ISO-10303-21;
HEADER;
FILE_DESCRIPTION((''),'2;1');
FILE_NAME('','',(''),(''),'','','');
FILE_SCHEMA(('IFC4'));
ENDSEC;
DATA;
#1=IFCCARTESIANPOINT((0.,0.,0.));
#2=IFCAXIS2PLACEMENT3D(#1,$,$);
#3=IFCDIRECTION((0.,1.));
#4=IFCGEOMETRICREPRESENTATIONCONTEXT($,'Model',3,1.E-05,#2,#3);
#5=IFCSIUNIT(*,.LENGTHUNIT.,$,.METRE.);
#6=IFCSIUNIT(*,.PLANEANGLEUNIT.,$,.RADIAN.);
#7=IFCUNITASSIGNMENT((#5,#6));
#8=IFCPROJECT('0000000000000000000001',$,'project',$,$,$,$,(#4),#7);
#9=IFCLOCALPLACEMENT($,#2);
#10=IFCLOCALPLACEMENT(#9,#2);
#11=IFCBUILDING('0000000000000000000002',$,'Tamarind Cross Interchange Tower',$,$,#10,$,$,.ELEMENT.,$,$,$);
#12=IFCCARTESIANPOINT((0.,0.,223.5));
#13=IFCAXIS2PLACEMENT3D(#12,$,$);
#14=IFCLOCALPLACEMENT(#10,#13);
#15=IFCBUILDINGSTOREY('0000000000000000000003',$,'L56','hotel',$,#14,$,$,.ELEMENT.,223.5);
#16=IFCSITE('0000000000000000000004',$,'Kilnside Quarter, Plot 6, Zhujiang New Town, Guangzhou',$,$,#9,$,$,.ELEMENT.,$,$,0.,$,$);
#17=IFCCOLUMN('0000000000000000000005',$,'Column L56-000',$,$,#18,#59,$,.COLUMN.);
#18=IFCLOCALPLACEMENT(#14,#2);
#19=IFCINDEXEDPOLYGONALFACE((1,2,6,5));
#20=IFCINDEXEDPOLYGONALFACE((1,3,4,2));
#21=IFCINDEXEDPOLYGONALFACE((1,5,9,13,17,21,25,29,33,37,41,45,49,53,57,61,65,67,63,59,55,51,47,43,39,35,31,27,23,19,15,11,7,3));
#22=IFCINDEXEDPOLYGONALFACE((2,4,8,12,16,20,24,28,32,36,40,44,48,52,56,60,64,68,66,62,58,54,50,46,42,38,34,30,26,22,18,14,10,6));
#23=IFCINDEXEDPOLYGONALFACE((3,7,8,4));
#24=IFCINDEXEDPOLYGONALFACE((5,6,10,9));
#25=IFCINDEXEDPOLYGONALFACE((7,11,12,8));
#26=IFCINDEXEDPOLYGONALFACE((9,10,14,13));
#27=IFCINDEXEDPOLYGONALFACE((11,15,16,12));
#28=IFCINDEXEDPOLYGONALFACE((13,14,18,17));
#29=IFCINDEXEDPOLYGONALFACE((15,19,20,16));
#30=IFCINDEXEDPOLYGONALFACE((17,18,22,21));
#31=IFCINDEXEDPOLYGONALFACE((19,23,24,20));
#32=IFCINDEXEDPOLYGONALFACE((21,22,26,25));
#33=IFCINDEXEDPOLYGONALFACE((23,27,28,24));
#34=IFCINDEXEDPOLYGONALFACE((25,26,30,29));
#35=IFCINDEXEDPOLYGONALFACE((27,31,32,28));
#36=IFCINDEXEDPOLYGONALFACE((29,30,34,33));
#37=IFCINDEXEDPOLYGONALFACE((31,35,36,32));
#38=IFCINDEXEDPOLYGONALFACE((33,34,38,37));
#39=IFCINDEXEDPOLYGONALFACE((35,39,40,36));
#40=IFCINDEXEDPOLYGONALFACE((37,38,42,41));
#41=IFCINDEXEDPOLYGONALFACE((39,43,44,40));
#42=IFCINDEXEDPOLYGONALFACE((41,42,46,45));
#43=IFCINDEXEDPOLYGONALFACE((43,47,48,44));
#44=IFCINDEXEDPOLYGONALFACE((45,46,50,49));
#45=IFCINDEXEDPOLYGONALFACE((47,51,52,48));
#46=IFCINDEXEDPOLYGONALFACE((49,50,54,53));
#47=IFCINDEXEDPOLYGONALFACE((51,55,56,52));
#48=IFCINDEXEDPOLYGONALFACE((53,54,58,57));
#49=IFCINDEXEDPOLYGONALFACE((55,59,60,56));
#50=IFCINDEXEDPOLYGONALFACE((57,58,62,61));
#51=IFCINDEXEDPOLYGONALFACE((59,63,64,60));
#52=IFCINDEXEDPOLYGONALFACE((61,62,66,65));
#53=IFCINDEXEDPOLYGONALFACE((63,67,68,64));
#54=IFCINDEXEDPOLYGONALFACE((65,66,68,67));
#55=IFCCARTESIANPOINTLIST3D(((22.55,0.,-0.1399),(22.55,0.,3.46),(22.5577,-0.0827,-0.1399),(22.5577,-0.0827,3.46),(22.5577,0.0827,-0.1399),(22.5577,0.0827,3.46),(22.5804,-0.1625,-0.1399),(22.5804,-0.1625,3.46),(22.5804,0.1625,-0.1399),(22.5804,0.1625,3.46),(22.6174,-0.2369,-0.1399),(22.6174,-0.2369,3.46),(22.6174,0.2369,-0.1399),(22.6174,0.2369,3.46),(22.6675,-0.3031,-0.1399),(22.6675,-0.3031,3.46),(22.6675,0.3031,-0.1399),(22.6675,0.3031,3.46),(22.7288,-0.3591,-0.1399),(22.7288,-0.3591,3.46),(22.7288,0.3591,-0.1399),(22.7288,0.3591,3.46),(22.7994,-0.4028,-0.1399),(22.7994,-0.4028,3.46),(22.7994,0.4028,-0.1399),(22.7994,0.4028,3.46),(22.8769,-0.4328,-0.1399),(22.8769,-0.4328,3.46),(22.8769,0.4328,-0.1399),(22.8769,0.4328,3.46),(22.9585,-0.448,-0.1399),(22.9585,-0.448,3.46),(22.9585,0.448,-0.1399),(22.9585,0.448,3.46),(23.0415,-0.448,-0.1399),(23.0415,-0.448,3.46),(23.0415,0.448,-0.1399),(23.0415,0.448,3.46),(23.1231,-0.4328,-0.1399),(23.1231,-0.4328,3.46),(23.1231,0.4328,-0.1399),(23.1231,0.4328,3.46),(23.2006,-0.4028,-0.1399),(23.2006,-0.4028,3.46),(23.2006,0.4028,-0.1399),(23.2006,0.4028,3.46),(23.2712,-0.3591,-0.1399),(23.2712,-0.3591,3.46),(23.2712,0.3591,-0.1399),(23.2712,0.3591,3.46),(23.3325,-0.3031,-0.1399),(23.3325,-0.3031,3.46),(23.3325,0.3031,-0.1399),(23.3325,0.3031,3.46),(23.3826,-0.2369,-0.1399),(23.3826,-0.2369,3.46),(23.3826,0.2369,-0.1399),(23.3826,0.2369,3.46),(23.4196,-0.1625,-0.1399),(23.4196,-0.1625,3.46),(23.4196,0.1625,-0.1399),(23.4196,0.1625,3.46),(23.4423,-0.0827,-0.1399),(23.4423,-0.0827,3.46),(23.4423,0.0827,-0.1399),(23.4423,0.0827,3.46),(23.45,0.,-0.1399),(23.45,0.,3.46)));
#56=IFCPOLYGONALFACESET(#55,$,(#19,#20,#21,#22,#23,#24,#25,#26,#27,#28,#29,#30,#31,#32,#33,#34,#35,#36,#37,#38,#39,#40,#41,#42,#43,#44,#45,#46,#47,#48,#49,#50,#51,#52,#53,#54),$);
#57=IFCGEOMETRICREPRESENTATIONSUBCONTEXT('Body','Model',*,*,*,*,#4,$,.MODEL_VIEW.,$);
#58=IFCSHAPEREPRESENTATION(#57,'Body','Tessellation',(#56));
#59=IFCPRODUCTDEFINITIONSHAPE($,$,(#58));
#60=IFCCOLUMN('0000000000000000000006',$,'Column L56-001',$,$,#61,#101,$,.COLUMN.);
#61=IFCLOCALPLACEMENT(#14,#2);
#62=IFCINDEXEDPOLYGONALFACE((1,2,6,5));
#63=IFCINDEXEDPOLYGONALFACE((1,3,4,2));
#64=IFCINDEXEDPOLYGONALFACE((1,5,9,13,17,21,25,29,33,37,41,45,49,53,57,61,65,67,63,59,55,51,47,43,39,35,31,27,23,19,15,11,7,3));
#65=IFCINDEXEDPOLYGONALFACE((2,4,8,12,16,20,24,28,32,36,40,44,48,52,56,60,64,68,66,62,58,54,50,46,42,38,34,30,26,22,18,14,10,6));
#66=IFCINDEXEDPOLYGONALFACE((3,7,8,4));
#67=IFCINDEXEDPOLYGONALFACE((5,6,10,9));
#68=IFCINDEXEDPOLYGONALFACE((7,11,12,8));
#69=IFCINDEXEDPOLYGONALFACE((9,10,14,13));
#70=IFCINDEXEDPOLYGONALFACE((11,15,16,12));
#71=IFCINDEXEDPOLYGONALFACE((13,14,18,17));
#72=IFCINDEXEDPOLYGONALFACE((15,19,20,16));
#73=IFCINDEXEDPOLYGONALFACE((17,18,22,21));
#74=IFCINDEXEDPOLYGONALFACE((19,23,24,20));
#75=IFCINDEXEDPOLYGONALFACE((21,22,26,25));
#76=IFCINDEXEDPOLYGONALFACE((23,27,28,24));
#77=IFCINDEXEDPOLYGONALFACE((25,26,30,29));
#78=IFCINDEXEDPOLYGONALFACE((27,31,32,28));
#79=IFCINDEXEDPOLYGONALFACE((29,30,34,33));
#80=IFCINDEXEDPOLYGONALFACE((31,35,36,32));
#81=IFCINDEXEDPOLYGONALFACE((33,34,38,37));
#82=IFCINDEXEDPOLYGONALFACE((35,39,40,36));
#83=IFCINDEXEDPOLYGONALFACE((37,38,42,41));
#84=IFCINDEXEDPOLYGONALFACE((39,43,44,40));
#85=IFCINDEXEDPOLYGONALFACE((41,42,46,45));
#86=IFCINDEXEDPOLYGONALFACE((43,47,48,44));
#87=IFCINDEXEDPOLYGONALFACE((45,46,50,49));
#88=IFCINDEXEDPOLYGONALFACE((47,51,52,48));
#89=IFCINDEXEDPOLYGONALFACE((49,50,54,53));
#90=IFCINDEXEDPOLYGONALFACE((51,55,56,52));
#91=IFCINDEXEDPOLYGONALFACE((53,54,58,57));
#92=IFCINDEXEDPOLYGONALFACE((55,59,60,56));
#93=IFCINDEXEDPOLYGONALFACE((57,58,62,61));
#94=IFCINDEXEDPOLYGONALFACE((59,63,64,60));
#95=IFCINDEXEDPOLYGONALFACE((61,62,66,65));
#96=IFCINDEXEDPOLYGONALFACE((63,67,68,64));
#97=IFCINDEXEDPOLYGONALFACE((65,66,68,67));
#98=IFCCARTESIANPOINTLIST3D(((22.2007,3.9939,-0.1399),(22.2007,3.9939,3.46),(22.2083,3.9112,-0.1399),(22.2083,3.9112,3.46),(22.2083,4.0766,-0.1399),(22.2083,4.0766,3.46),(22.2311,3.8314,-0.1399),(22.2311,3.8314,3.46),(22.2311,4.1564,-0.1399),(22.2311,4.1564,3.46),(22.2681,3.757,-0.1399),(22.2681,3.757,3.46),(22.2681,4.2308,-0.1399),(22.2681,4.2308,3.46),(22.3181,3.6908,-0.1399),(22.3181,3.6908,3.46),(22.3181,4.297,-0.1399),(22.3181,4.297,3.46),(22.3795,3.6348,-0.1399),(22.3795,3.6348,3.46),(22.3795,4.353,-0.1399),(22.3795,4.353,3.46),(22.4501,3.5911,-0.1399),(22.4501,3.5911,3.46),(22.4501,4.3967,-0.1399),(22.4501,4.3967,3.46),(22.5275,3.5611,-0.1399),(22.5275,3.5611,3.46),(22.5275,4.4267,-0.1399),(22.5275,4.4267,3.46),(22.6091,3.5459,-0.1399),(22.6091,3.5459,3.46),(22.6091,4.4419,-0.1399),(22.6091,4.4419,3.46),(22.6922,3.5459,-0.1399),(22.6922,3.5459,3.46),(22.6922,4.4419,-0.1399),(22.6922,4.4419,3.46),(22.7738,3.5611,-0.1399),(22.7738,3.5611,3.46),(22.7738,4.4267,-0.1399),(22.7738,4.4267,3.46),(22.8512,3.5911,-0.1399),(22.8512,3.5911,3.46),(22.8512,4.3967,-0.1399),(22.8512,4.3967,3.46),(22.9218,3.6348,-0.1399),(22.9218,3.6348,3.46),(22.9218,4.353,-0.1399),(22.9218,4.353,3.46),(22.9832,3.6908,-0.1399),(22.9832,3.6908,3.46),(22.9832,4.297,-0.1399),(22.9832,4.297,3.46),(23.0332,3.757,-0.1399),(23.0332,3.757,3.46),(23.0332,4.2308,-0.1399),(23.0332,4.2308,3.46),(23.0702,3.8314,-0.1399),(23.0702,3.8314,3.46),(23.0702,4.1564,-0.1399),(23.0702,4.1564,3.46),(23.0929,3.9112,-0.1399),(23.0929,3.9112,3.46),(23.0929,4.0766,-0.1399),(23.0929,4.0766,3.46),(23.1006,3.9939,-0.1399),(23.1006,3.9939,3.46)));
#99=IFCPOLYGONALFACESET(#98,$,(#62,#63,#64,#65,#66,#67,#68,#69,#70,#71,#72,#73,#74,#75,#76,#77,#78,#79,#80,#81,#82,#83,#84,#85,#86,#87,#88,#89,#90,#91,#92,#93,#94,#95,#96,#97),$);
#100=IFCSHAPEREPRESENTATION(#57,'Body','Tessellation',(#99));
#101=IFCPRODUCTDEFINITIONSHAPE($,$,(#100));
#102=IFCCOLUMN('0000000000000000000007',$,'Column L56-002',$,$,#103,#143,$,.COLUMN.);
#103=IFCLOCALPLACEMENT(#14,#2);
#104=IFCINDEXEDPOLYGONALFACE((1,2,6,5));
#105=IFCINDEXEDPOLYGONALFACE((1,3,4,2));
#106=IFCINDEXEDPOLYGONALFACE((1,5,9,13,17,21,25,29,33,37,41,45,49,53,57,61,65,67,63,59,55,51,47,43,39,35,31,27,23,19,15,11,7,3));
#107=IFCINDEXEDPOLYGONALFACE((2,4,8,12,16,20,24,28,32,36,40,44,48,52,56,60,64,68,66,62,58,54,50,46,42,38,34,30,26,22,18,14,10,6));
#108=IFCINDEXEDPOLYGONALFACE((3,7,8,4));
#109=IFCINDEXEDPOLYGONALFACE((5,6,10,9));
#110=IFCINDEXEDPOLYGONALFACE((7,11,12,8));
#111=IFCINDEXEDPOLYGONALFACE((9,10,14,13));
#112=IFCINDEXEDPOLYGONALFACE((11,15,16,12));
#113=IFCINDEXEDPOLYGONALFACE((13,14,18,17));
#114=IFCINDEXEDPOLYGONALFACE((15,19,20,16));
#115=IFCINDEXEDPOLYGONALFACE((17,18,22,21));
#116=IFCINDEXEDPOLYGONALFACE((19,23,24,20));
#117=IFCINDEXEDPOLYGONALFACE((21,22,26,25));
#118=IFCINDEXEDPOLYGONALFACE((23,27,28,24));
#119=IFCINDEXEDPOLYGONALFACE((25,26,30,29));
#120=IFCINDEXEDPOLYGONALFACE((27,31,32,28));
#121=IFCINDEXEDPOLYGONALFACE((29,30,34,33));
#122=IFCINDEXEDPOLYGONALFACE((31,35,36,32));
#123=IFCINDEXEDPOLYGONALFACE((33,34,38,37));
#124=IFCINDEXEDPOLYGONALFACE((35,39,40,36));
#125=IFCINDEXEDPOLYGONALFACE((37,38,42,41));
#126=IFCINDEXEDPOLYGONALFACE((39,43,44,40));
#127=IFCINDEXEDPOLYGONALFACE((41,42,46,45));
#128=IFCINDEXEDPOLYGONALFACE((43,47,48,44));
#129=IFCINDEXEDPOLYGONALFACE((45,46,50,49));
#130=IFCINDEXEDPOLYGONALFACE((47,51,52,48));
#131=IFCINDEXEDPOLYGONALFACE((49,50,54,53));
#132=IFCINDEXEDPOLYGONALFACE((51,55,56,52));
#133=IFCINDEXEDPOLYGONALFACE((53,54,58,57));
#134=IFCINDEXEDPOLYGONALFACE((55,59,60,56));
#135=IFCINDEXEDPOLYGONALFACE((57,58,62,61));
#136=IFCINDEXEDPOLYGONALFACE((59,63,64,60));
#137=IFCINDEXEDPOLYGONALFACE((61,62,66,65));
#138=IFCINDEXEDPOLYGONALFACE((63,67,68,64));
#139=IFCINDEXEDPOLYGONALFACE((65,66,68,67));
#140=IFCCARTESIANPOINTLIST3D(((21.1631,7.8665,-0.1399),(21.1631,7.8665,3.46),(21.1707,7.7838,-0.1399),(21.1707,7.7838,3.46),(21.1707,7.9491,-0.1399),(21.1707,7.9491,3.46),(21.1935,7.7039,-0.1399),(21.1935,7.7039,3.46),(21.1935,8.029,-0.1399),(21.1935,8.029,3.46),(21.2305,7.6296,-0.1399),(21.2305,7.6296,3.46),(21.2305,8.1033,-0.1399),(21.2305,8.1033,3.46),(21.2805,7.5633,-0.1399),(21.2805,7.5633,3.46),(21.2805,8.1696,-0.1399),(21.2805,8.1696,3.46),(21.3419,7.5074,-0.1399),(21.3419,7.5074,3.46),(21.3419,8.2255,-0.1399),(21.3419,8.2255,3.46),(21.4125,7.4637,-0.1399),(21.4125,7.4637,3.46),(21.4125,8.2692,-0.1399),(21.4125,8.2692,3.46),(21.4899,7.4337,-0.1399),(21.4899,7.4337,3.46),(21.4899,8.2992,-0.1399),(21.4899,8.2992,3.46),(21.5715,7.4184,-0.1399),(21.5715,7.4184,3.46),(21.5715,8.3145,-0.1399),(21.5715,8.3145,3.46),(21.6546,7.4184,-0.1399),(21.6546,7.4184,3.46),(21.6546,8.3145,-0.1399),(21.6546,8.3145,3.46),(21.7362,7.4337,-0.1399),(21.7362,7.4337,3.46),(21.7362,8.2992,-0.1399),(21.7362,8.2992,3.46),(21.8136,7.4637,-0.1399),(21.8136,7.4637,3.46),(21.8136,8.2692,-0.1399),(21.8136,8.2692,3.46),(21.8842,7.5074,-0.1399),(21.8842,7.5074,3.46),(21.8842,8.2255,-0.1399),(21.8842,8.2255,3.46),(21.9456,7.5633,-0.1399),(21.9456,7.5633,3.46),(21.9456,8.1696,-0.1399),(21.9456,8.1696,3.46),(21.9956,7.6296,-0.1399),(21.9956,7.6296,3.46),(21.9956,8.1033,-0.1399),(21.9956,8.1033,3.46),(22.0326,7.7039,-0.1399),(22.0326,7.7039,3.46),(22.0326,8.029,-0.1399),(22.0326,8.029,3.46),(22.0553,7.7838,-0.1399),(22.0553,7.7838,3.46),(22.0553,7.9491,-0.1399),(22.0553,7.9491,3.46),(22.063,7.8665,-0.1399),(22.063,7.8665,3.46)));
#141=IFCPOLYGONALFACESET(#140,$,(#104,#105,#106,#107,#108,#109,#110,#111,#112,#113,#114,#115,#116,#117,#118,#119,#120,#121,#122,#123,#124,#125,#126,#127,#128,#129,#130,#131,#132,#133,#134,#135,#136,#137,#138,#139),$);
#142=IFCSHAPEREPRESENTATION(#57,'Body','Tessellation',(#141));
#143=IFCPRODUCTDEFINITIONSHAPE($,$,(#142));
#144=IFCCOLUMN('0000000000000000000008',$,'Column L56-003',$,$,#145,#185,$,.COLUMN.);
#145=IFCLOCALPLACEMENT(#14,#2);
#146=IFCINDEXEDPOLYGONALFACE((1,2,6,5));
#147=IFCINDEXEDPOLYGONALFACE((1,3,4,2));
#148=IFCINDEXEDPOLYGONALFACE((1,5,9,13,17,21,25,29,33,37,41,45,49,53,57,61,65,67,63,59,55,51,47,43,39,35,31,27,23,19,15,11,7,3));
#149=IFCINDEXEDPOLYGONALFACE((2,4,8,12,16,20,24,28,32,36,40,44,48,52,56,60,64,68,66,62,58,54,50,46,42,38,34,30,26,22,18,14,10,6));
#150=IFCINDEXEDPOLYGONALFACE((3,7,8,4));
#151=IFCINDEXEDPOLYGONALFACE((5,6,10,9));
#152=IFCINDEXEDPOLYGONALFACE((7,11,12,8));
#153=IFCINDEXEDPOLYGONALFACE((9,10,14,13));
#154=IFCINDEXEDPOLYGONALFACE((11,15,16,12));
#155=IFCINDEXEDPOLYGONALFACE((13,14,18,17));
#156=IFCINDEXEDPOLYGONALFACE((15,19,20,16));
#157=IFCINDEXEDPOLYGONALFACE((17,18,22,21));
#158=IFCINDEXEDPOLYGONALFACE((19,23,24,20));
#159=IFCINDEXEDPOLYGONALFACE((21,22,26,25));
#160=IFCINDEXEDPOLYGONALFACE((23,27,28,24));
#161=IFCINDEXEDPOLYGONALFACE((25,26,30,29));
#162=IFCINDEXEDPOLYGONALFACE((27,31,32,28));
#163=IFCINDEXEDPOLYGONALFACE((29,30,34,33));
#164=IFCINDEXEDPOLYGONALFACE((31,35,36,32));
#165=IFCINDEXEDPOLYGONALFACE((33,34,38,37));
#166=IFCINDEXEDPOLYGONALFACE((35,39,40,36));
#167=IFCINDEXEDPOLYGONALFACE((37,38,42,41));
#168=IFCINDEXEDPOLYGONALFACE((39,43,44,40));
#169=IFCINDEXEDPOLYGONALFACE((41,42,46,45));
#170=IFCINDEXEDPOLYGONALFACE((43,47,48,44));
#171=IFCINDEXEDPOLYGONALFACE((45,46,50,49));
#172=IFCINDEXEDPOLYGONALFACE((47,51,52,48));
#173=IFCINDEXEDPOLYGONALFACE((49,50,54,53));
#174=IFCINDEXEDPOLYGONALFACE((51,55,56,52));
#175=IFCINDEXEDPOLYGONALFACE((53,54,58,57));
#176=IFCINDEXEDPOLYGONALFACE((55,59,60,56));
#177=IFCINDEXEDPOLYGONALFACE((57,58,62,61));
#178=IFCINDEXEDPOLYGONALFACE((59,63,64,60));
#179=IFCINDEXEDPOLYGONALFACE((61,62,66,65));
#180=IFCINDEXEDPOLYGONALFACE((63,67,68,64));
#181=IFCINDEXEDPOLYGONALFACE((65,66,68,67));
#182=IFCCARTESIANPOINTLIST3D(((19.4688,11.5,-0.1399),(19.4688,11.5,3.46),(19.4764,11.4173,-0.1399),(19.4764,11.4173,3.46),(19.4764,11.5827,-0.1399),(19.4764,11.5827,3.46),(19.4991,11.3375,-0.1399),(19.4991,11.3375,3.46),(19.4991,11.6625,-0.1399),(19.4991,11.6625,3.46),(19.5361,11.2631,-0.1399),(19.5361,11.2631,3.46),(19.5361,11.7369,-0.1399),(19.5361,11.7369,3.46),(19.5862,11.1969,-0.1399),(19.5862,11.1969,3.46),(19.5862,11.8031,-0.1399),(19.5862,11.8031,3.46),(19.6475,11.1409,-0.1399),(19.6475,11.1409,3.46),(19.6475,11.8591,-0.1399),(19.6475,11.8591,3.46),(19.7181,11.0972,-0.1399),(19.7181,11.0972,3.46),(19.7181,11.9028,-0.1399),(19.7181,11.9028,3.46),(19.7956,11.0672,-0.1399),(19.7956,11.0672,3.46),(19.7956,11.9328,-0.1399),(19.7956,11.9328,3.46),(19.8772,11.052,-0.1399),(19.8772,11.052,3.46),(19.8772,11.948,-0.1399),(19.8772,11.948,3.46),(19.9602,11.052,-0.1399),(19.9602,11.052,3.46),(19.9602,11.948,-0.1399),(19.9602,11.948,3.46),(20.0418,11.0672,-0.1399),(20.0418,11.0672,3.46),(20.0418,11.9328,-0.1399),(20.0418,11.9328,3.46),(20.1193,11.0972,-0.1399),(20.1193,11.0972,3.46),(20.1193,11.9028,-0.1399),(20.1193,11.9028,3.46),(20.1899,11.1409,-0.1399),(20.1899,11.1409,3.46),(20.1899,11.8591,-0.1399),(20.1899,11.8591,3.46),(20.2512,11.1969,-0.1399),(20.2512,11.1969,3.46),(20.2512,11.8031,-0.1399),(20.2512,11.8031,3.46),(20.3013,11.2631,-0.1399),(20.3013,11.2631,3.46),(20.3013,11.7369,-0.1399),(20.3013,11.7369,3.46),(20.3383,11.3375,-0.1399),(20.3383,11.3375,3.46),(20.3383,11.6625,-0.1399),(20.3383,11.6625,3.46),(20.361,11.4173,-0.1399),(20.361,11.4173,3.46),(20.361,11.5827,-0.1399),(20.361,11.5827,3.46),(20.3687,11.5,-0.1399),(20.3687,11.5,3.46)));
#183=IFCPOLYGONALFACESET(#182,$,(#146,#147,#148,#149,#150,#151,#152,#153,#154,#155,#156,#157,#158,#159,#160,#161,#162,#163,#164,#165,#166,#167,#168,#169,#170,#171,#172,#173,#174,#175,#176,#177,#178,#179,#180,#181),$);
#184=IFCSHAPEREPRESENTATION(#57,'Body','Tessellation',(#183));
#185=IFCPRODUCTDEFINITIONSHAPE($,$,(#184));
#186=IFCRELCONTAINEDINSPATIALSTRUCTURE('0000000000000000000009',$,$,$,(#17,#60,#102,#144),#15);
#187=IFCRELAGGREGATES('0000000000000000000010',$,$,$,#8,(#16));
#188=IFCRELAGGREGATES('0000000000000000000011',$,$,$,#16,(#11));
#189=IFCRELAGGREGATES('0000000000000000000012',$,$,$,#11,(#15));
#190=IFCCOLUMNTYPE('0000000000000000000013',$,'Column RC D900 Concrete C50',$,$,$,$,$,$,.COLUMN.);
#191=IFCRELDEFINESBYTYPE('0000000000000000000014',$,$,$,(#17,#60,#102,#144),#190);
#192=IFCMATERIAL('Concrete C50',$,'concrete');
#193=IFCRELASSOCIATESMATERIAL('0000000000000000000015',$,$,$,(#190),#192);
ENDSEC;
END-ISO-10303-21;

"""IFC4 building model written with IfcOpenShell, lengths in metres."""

from ifc_helpers import new_model, si_unit, direction, frame, origin, origin_2d, place, context, subcontext, project, spatial, circle, extrude, material, material_profile, profile_set, type_object, element, save


model = new_model("IFC4")

# Units and contexts
model_context = context("Model", 3, precision=1e-05, world=origin(), true_north=direction((0.0, 1.0)))
body_context = subcontext(model_context, "Body", "Model", "MODEL_VIEW")
ifc_project = project(units=[si_unit("LENGTHUNIT", "METRE"), si_unit("PLANEANGLEUNIT", "RADIAN")], contexts=[model_context])

# Site, building, storey
site_placement = place(None, origin())
site = spatial("IfcSite", under=ifc_project, at=site_placement, Name="Kilnside Quarter, Plot 6, Zhujiang New Town, Guangzhou", CompositionType="ELEMENT", RefElevation=0.0)
building_placement = place(site_placement, origin())
building = spatial("IfcBuilding", under=site, at=building_placement, Name="Tamarind Cross Interchange Tower", CompositionType="ELEMENT")
storey_placement = place(building_placement, frame((0.0, 0.0, 223.5)))
storey = spatial("IfcBuildingStorey", under=building, at=storey_placement, Name="L56", Description="hotel", CompositionType="ELEMENT", Elevation=223.5)

# Columns
ifc_material_1 = material(Name="Concrete C50", Category="concrete")
ifc_material_profile_1 = material_profile(ifc_material_1, circle(Radius=0.45, at=origin_2d()), Name="RC D900")
ifc_profile_set_1 = profile_set([ifc_material_profile_1], Name="Concrete C50")
column_type = type_object("IfcColumnType", Name="Column RC D900 Concrete C50", PredefinedType="COLUMN", material=ifc_profile_set_1)
for number, where, z_axis, x_axis, name in (
    (1, (23.0, 0.0, -0.1399), (0.0, 0.0, 1.0), (1.0, 0.0, 0.0), "Column L56-000"),
    (2, (22.6506, 3.9939, -0.1399), (0.0, 0.0, 1.0), (1.0, 0.0, 0.0), "Column L56-001"),
    (3, (21.613, 7.8665, -0.1399), (0.0, 0.0, 1.0), (1.0, 0.0, 0.0), "Column L56-002"),
    (4, (19.9187, 11.5, -0.1399), (0.0, 0.0, 1.0), (1.0, 0.0, 0.0), "Column L56-003"),
):
    element("IfcColumn", number, at=place(storey_placement, frame(where, z_axis=z_axis, x_axis=x_axis)), inside=storey, type_object=column_type, Name=name, PredefinedType="COLUMN", context=body_context, shape_type="SweptSolid", body=[
        extrude(circle(Radius=0.45, at=origin_2d()), origin(), (0.0, 0.0, 1.0), 3.5999),
    ])

save(model, "model.ifc")
